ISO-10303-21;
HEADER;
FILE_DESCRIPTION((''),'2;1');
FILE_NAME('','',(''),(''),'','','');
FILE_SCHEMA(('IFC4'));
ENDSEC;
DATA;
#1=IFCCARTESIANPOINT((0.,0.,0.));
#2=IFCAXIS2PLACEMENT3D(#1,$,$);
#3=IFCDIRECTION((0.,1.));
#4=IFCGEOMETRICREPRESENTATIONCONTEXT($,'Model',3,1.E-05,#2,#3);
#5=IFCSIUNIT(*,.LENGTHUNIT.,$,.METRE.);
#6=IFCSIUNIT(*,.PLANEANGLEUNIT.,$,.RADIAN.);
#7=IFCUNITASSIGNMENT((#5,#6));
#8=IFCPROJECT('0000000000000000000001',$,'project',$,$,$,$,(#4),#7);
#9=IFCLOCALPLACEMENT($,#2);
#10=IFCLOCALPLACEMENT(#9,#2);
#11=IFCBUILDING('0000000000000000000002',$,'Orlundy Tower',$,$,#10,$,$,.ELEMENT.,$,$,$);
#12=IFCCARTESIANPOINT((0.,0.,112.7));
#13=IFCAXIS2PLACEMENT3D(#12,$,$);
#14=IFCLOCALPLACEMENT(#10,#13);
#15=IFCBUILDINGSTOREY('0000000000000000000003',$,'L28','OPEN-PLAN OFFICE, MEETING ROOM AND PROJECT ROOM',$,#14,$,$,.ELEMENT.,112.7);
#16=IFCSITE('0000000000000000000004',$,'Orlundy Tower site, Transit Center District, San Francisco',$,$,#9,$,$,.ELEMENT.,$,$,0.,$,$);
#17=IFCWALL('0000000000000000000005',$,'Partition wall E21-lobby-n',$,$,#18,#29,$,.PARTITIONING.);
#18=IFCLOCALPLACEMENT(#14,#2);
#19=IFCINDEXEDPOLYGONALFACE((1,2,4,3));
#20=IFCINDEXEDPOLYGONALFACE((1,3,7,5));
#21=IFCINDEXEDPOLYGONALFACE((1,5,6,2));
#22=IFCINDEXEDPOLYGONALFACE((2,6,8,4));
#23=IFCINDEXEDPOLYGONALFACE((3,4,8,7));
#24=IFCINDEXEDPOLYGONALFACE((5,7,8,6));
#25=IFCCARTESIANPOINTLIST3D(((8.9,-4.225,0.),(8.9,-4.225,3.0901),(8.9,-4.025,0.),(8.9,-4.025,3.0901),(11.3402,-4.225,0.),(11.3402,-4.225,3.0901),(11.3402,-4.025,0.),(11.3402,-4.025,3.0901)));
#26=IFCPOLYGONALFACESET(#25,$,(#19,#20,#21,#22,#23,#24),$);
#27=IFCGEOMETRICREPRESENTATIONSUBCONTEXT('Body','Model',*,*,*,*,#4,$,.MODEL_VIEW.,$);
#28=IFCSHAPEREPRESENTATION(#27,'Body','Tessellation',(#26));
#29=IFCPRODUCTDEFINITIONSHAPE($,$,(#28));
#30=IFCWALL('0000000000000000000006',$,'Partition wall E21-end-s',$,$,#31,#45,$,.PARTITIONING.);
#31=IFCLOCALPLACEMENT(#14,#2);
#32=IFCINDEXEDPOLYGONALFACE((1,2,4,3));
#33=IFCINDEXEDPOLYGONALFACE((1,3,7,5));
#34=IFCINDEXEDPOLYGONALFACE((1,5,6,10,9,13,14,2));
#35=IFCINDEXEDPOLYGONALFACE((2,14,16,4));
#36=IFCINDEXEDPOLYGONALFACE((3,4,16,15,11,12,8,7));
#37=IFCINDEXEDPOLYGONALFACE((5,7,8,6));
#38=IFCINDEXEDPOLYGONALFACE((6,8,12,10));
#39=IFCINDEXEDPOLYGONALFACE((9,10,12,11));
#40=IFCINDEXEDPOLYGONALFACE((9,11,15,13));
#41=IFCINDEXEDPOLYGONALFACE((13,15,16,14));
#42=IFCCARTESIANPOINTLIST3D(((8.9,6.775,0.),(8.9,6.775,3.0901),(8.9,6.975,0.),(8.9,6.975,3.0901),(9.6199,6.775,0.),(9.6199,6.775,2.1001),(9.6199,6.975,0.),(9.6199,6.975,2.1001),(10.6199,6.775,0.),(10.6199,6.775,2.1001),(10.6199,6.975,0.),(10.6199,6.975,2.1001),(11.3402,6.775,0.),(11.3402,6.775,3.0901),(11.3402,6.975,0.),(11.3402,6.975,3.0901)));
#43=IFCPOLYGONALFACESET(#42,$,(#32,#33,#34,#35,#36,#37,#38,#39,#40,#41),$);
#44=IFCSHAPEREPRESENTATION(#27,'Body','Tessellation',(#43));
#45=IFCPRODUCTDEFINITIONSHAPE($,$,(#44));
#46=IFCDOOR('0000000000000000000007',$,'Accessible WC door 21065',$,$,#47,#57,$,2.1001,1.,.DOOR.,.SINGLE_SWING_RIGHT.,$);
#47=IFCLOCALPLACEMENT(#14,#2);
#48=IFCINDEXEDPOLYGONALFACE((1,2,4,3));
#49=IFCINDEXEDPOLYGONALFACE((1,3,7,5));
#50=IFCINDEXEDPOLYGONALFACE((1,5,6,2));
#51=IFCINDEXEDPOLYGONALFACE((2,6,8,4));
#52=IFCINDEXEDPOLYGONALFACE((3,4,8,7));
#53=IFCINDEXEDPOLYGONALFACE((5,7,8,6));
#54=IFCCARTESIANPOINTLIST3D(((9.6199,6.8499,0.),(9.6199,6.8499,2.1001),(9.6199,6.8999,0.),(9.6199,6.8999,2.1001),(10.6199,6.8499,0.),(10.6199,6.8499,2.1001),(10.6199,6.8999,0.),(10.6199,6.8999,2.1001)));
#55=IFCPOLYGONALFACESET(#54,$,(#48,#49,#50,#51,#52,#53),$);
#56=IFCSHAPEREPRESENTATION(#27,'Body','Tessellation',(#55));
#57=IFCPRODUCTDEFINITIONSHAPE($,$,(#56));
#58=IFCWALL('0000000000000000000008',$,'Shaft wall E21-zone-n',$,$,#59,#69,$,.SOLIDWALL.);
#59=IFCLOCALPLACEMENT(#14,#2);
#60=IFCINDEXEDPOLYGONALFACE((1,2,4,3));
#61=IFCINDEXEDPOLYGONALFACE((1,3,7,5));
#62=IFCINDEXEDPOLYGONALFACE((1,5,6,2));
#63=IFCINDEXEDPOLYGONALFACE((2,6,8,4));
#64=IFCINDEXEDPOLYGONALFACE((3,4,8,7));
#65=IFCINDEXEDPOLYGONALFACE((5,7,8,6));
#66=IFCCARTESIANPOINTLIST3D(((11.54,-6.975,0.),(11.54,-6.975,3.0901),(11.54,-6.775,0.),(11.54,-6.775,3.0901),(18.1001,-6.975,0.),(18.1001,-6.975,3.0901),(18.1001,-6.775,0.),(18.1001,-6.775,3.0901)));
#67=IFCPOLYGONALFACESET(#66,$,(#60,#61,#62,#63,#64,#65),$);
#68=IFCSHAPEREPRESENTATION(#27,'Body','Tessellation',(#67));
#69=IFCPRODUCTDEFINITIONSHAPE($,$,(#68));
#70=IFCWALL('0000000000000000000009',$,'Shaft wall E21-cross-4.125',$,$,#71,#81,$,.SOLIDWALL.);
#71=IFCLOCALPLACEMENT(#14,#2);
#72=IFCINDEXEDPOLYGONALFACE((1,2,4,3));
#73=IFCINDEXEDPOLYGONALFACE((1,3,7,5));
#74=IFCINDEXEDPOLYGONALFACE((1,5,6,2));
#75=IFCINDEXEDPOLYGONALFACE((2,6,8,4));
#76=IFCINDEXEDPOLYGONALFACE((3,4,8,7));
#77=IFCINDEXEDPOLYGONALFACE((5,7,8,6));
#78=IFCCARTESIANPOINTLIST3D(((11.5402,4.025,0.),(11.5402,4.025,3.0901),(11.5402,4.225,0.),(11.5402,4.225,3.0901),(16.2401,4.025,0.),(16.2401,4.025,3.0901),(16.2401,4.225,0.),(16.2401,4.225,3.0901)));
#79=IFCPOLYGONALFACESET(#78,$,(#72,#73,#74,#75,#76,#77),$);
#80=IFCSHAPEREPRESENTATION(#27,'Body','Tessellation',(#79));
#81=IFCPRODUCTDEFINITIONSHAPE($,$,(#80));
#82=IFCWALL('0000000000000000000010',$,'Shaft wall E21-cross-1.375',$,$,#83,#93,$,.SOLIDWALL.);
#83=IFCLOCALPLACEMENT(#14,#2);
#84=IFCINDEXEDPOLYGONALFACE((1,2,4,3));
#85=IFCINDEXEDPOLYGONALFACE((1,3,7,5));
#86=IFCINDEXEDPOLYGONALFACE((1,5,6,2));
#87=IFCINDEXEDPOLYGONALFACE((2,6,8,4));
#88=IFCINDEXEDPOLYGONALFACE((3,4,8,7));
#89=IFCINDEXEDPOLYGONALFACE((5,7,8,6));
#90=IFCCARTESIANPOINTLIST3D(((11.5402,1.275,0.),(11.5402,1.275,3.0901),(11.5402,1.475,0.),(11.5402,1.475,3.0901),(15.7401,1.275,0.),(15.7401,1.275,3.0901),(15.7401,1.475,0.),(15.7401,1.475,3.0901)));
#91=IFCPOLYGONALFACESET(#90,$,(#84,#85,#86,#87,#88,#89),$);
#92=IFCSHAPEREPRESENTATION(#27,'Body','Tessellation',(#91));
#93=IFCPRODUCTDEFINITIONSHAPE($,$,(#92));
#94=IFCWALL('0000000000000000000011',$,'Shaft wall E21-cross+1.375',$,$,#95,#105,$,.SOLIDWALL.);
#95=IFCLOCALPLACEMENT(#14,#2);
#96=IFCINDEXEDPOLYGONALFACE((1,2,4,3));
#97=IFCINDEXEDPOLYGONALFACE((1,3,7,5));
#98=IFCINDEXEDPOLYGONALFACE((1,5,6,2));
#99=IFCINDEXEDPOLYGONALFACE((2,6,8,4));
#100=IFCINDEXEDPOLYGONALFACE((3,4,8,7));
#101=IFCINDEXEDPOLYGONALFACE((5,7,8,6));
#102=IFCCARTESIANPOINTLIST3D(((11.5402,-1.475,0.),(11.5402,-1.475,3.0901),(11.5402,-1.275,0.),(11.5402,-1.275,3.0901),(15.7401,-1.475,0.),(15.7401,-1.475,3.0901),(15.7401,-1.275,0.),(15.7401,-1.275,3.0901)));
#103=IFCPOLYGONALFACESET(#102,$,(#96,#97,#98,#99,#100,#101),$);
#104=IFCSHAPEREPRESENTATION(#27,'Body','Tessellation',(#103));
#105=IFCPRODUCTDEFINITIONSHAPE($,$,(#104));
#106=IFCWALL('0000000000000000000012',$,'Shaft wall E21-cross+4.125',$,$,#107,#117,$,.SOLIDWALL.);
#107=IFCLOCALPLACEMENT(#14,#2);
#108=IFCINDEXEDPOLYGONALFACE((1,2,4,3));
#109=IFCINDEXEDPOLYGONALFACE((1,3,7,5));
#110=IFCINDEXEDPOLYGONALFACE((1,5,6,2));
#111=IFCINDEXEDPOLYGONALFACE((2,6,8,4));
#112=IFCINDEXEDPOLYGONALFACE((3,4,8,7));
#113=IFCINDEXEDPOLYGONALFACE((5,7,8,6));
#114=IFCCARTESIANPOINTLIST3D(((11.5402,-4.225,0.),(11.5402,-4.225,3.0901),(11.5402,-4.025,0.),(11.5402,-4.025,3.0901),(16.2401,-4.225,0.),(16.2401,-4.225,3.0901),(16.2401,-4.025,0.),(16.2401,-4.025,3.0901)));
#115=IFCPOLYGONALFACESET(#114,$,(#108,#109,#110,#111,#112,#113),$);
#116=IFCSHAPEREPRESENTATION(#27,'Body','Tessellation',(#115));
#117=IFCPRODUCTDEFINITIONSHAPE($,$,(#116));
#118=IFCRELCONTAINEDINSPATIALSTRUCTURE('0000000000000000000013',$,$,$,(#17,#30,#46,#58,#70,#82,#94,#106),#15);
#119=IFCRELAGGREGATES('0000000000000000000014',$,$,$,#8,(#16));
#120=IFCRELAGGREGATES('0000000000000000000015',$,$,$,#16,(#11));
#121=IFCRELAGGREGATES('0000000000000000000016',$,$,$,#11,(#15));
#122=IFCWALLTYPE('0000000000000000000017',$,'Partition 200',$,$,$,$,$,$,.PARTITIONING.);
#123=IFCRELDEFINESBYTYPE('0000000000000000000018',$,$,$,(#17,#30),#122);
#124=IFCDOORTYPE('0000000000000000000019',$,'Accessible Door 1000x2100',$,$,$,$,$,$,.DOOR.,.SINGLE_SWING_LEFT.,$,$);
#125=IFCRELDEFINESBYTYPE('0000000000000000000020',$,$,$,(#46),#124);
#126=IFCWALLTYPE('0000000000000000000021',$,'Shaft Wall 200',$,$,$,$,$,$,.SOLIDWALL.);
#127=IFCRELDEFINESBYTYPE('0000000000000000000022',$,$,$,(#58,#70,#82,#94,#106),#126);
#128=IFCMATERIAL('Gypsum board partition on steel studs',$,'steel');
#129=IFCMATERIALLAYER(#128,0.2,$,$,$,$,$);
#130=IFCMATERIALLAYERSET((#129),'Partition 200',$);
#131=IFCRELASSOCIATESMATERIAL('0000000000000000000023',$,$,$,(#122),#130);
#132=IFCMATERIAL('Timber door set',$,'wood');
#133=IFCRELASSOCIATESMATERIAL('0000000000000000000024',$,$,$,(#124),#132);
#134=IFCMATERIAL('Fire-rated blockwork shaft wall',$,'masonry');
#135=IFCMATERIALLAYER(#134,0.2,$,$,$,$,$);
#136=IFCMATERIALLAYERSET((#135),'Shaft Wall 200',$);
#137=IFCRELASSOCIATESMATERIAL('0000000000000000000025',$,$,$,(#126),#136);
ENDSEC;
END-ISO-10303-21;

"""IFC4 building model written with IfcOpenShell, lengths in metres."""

from ifc_helpers import new_model, si_unit, direction, frame, frame_2d, origin, place, context, subcontext, project, spatial, rectangle, extrude, material, layer, layer_set, type_object, element, fill, save


model = new_model("IFC4")

# Units and contexts
model_context = context("Model", 3, precision=1e-05, world=origin(), true_north=direction((0.0, 1.0)))
body_context = subcontext(model_context, "Body", "Model", "MODEL_VIEW")
ifc_project = project(units=[si_unit("LENGTHUNIT", "METRE"), si_unit("PLANEANGLEUNIT", "RADIAN")], contexts=[model_context])

# Site, building, storey
site_placement = place(None, origin())
site = spatial("IfcSite", under=ifc_project, at=site_placement, Name="Orlundy Tower site, Transit Center District, San Francisco", CompositionType="ELEMENT", RefElevation=0.0)
building_placement = place(site_placement, origin())
building = spatial("IfcBuilding", under=site, at=building_placement, Name="Orlundy Tower", CompositionType="ELEMENT")
storey_placement = place(building_placement, frame((0.0, 0.0, 112.7)))
storey = spatial("IfcBuildingStorey", under=building, at=storey_placement, Name="L28", Description="OPEN-PLAN OFFICE, MEETING ROOM AND PROJECT ROOM", CompositionType="ELEMENT", Elevation=112.7)

# Wall
ifc_material_1 = material(Name="Gypsum board partition on steel studs", Category="steel")
ifc_layer_1 = layer(ifc_material_1, 0.2)
ifc_layer_set_1 = layer_set([ifc_layer_1], Name="Partition 200")
wall_type_1 = type_object("IfcWallType", Name="Partition 200", PredefinedType="PARTITIONING", material=ifc_layer_set_1)
wall_1_placement = place(storey_placement, frame((8.8999, -4.125, 0.0), z_axis=(0.0, 0.0, 1.0), x_axis=(1.0, 0.0, 0.0)))
element("IfcWall", 1, at=wall_1_placement, inside=storey, type_object=wall_type_1, Name="Partition wall E21-lobby-n", PredefinedType="PARTITIONING", context=body_context, shape_type="SweptSolid", body=[
    extrude(rectangle(XDim=2.4402, YDim=0.2, at=frame_2d((1.2202, 0.0))), origin(), (0.0, 0.0, 1.0), 3.0901),
])

# Wall, opening, door
wall_2_placement = place(storey_placement, frame((8.8999, 6.875, 0.0), z_axis=(0.0, 0.0, 1.0), x_axis=(1.0, 0.0, 0.0)))
wall_2 = element("IfcWall", 2, at=wall_2_placement, inside=storey, type_object=wall_type_1, Name="Partition wall E21-end-s", PredefinedType="PARTITIONING", context=body_context, shape_type="SweptSolid", body=[
    extrude(rectangle(XDim=2.4402, YDim=0.2, at=frame_2d((1.2202, 0.0))), origin(), (0.0, 0.0, 1.0), 3.0901),
])
opening_1_placement = place(wall_2_placement, frame((0.72, 0.0, 0.0)))
opening_1 = element("IfcOpeningElement", 3, at=opening_1_placement, cuts=wall_2, PredefinedType="OPENING", context=body_context, shape_type="SweptSolid", body=[
    extrude(rectangle(XDim=1.0, YDim=2.1001, at=frame_2d((0.5, 1.05))), frame((0.0, 0.1101, 0.0), z_axis=(0.0, -1.0, 0.0), x_axis=(1.0, 0.0, 0.0)), (0.0, 0.0, 1.0), 0.2202),
])
ifc_material_2 = material(Name="Timber door set", Category="wood")
door_type_1 = type_object("IfcDoorType", Name="Accessible Door 1000x2100", OperationType="SINGLE_SWING_LEFT", PredefinedType="DOOR", material=ifc_material_2)
door_1_placement = place(opening_1_placement, origin())
door_1 = element("IfcDoor", 4, at=door_1_placement, inside=storey, type_object=door_type_1, Name="Accessible WC door 21065", OperationType="SINGLE_SWING_RIGHT", OverallHeight=2.1001, OverallWidth=1.0, PredefinedType="DOOR", context=body_context, shape_type="SweptSolid", body=[
    extrude(rectangle(XDim=1.0, YDim=2.1001, at=frame_2d((0.5, 1.05))), frame((0.0, 0.0249, 0.0), z_axis=(0.0, -1.0, 0.0), x_axis=(1.0, 0.0, 0.0)), (0.0, 0.0, 1.0), 0.05),
])
fill(opening_1, door_1)

# Walls
ifc_material_3 = material(Name="Fire-rated blockwork shaft wall", Category="masonry")
ifc_layer_2 = layer(ifc_material_3, 0.2)
ifc_layer_set_2 = layer_set([ifc_layer_2], Name="Shaft Wall 200")
wall_type_2 = type_object("IfcWallType", Name="Shaft Wall 200", PredefinedType="SOLIDWALL", material=ifc_layer_set_2)
wall_3_placement = place(storey_placement, frame((11.54, -6.875, 0.0), z_axis=(0.0, 0.0, 1.0), x_axis=(1.0, 0.0, 0.0)))
element("IfcWall", 5, at=wall_3_placement, inside=storey, type_object=wall_type_2, Name="Shaft wall E21-zone-n", PredefinedType="SOLIDWALL", context=body_context, shape_type="SweptSolid", body=[
    extrude(rectangle(XDim=6.5601, YDim=0.2, at=frame_2d((3.28, 0.0))), origin(), (0.0, 0.0, 1.0), 3.0901),
])
wall_4_placement = place(storey_placement, frame((11.54, 4.125, 0.0), z_axis=(0.0, 0.0, 1.0), x_axis=(1.0, 0.0, 0.0)))
element("IfcWall", 6, at=wall_4_placement, inside=storey, type_object=wall_type_2, Name="Shaft wall E21-cross-4.125", PredefinedType="SOLIDWALL", context=body_context, shape_type="SweptSolid", body=[
    extrude(rectangle(XDim=4.7, YDim=0.2, at=frame_2d((2.3501, 0.0))), origin(), (0.0, 0.0, 1.0), 3.0901),
])
for number, where, z_axis, x_axis, name in (
    (7, (11.54, 1.375, 0.0), (0.0, 0.0, 1.0), (1.0, 0.0, 0.0), "Shaft wall E21-cross-1.375"),
    (8, (11.54, -1.375, 0.0), (0.0, 0.0, 1.0), (1.0, 0.0, 0.0), "Shaft wall E21-cross+1.375"),
):
    element("IfcWall", number, at=place(storey_placement, frame(where, z_axis=z_axis, x_axis=x_axis)), inside=storey, type_object=wall_type_2, Name=name, PredefinedType="SOLIDWALL", context=body_context, shape_type="SweptSolid", body=[
        extrude(rectangle(XDim=4.2, YDim=0.2, at=frame_2d((2.1001, 0.0))), origin(), (0.0, 0.0, 1.0), 3.0901),
    ])
wall_5_placement = place(storey_placement, frame((11.54, -4.125, 0.0), z_axis=(0.0, 0.0, 1.0), x_axis=(1.0, 0.0, 0.0)))
element("IfcWall", 9, at=wall_5_placement, inside=storey, type_object=wall_type_2, Name="Shaft wall E21-cross+4.125", PredefinedType="SOLIDWALL", context=body_context, shape_type="SweptSolid", body=[
    extrude(rectangle(XDim=4.7, YDim=0.2, at=frame_2d((2.3501, 0.0))), origin(), (0.0, 0.0, 1.0), 3.0901),
])

save(model, "model.ifc")
